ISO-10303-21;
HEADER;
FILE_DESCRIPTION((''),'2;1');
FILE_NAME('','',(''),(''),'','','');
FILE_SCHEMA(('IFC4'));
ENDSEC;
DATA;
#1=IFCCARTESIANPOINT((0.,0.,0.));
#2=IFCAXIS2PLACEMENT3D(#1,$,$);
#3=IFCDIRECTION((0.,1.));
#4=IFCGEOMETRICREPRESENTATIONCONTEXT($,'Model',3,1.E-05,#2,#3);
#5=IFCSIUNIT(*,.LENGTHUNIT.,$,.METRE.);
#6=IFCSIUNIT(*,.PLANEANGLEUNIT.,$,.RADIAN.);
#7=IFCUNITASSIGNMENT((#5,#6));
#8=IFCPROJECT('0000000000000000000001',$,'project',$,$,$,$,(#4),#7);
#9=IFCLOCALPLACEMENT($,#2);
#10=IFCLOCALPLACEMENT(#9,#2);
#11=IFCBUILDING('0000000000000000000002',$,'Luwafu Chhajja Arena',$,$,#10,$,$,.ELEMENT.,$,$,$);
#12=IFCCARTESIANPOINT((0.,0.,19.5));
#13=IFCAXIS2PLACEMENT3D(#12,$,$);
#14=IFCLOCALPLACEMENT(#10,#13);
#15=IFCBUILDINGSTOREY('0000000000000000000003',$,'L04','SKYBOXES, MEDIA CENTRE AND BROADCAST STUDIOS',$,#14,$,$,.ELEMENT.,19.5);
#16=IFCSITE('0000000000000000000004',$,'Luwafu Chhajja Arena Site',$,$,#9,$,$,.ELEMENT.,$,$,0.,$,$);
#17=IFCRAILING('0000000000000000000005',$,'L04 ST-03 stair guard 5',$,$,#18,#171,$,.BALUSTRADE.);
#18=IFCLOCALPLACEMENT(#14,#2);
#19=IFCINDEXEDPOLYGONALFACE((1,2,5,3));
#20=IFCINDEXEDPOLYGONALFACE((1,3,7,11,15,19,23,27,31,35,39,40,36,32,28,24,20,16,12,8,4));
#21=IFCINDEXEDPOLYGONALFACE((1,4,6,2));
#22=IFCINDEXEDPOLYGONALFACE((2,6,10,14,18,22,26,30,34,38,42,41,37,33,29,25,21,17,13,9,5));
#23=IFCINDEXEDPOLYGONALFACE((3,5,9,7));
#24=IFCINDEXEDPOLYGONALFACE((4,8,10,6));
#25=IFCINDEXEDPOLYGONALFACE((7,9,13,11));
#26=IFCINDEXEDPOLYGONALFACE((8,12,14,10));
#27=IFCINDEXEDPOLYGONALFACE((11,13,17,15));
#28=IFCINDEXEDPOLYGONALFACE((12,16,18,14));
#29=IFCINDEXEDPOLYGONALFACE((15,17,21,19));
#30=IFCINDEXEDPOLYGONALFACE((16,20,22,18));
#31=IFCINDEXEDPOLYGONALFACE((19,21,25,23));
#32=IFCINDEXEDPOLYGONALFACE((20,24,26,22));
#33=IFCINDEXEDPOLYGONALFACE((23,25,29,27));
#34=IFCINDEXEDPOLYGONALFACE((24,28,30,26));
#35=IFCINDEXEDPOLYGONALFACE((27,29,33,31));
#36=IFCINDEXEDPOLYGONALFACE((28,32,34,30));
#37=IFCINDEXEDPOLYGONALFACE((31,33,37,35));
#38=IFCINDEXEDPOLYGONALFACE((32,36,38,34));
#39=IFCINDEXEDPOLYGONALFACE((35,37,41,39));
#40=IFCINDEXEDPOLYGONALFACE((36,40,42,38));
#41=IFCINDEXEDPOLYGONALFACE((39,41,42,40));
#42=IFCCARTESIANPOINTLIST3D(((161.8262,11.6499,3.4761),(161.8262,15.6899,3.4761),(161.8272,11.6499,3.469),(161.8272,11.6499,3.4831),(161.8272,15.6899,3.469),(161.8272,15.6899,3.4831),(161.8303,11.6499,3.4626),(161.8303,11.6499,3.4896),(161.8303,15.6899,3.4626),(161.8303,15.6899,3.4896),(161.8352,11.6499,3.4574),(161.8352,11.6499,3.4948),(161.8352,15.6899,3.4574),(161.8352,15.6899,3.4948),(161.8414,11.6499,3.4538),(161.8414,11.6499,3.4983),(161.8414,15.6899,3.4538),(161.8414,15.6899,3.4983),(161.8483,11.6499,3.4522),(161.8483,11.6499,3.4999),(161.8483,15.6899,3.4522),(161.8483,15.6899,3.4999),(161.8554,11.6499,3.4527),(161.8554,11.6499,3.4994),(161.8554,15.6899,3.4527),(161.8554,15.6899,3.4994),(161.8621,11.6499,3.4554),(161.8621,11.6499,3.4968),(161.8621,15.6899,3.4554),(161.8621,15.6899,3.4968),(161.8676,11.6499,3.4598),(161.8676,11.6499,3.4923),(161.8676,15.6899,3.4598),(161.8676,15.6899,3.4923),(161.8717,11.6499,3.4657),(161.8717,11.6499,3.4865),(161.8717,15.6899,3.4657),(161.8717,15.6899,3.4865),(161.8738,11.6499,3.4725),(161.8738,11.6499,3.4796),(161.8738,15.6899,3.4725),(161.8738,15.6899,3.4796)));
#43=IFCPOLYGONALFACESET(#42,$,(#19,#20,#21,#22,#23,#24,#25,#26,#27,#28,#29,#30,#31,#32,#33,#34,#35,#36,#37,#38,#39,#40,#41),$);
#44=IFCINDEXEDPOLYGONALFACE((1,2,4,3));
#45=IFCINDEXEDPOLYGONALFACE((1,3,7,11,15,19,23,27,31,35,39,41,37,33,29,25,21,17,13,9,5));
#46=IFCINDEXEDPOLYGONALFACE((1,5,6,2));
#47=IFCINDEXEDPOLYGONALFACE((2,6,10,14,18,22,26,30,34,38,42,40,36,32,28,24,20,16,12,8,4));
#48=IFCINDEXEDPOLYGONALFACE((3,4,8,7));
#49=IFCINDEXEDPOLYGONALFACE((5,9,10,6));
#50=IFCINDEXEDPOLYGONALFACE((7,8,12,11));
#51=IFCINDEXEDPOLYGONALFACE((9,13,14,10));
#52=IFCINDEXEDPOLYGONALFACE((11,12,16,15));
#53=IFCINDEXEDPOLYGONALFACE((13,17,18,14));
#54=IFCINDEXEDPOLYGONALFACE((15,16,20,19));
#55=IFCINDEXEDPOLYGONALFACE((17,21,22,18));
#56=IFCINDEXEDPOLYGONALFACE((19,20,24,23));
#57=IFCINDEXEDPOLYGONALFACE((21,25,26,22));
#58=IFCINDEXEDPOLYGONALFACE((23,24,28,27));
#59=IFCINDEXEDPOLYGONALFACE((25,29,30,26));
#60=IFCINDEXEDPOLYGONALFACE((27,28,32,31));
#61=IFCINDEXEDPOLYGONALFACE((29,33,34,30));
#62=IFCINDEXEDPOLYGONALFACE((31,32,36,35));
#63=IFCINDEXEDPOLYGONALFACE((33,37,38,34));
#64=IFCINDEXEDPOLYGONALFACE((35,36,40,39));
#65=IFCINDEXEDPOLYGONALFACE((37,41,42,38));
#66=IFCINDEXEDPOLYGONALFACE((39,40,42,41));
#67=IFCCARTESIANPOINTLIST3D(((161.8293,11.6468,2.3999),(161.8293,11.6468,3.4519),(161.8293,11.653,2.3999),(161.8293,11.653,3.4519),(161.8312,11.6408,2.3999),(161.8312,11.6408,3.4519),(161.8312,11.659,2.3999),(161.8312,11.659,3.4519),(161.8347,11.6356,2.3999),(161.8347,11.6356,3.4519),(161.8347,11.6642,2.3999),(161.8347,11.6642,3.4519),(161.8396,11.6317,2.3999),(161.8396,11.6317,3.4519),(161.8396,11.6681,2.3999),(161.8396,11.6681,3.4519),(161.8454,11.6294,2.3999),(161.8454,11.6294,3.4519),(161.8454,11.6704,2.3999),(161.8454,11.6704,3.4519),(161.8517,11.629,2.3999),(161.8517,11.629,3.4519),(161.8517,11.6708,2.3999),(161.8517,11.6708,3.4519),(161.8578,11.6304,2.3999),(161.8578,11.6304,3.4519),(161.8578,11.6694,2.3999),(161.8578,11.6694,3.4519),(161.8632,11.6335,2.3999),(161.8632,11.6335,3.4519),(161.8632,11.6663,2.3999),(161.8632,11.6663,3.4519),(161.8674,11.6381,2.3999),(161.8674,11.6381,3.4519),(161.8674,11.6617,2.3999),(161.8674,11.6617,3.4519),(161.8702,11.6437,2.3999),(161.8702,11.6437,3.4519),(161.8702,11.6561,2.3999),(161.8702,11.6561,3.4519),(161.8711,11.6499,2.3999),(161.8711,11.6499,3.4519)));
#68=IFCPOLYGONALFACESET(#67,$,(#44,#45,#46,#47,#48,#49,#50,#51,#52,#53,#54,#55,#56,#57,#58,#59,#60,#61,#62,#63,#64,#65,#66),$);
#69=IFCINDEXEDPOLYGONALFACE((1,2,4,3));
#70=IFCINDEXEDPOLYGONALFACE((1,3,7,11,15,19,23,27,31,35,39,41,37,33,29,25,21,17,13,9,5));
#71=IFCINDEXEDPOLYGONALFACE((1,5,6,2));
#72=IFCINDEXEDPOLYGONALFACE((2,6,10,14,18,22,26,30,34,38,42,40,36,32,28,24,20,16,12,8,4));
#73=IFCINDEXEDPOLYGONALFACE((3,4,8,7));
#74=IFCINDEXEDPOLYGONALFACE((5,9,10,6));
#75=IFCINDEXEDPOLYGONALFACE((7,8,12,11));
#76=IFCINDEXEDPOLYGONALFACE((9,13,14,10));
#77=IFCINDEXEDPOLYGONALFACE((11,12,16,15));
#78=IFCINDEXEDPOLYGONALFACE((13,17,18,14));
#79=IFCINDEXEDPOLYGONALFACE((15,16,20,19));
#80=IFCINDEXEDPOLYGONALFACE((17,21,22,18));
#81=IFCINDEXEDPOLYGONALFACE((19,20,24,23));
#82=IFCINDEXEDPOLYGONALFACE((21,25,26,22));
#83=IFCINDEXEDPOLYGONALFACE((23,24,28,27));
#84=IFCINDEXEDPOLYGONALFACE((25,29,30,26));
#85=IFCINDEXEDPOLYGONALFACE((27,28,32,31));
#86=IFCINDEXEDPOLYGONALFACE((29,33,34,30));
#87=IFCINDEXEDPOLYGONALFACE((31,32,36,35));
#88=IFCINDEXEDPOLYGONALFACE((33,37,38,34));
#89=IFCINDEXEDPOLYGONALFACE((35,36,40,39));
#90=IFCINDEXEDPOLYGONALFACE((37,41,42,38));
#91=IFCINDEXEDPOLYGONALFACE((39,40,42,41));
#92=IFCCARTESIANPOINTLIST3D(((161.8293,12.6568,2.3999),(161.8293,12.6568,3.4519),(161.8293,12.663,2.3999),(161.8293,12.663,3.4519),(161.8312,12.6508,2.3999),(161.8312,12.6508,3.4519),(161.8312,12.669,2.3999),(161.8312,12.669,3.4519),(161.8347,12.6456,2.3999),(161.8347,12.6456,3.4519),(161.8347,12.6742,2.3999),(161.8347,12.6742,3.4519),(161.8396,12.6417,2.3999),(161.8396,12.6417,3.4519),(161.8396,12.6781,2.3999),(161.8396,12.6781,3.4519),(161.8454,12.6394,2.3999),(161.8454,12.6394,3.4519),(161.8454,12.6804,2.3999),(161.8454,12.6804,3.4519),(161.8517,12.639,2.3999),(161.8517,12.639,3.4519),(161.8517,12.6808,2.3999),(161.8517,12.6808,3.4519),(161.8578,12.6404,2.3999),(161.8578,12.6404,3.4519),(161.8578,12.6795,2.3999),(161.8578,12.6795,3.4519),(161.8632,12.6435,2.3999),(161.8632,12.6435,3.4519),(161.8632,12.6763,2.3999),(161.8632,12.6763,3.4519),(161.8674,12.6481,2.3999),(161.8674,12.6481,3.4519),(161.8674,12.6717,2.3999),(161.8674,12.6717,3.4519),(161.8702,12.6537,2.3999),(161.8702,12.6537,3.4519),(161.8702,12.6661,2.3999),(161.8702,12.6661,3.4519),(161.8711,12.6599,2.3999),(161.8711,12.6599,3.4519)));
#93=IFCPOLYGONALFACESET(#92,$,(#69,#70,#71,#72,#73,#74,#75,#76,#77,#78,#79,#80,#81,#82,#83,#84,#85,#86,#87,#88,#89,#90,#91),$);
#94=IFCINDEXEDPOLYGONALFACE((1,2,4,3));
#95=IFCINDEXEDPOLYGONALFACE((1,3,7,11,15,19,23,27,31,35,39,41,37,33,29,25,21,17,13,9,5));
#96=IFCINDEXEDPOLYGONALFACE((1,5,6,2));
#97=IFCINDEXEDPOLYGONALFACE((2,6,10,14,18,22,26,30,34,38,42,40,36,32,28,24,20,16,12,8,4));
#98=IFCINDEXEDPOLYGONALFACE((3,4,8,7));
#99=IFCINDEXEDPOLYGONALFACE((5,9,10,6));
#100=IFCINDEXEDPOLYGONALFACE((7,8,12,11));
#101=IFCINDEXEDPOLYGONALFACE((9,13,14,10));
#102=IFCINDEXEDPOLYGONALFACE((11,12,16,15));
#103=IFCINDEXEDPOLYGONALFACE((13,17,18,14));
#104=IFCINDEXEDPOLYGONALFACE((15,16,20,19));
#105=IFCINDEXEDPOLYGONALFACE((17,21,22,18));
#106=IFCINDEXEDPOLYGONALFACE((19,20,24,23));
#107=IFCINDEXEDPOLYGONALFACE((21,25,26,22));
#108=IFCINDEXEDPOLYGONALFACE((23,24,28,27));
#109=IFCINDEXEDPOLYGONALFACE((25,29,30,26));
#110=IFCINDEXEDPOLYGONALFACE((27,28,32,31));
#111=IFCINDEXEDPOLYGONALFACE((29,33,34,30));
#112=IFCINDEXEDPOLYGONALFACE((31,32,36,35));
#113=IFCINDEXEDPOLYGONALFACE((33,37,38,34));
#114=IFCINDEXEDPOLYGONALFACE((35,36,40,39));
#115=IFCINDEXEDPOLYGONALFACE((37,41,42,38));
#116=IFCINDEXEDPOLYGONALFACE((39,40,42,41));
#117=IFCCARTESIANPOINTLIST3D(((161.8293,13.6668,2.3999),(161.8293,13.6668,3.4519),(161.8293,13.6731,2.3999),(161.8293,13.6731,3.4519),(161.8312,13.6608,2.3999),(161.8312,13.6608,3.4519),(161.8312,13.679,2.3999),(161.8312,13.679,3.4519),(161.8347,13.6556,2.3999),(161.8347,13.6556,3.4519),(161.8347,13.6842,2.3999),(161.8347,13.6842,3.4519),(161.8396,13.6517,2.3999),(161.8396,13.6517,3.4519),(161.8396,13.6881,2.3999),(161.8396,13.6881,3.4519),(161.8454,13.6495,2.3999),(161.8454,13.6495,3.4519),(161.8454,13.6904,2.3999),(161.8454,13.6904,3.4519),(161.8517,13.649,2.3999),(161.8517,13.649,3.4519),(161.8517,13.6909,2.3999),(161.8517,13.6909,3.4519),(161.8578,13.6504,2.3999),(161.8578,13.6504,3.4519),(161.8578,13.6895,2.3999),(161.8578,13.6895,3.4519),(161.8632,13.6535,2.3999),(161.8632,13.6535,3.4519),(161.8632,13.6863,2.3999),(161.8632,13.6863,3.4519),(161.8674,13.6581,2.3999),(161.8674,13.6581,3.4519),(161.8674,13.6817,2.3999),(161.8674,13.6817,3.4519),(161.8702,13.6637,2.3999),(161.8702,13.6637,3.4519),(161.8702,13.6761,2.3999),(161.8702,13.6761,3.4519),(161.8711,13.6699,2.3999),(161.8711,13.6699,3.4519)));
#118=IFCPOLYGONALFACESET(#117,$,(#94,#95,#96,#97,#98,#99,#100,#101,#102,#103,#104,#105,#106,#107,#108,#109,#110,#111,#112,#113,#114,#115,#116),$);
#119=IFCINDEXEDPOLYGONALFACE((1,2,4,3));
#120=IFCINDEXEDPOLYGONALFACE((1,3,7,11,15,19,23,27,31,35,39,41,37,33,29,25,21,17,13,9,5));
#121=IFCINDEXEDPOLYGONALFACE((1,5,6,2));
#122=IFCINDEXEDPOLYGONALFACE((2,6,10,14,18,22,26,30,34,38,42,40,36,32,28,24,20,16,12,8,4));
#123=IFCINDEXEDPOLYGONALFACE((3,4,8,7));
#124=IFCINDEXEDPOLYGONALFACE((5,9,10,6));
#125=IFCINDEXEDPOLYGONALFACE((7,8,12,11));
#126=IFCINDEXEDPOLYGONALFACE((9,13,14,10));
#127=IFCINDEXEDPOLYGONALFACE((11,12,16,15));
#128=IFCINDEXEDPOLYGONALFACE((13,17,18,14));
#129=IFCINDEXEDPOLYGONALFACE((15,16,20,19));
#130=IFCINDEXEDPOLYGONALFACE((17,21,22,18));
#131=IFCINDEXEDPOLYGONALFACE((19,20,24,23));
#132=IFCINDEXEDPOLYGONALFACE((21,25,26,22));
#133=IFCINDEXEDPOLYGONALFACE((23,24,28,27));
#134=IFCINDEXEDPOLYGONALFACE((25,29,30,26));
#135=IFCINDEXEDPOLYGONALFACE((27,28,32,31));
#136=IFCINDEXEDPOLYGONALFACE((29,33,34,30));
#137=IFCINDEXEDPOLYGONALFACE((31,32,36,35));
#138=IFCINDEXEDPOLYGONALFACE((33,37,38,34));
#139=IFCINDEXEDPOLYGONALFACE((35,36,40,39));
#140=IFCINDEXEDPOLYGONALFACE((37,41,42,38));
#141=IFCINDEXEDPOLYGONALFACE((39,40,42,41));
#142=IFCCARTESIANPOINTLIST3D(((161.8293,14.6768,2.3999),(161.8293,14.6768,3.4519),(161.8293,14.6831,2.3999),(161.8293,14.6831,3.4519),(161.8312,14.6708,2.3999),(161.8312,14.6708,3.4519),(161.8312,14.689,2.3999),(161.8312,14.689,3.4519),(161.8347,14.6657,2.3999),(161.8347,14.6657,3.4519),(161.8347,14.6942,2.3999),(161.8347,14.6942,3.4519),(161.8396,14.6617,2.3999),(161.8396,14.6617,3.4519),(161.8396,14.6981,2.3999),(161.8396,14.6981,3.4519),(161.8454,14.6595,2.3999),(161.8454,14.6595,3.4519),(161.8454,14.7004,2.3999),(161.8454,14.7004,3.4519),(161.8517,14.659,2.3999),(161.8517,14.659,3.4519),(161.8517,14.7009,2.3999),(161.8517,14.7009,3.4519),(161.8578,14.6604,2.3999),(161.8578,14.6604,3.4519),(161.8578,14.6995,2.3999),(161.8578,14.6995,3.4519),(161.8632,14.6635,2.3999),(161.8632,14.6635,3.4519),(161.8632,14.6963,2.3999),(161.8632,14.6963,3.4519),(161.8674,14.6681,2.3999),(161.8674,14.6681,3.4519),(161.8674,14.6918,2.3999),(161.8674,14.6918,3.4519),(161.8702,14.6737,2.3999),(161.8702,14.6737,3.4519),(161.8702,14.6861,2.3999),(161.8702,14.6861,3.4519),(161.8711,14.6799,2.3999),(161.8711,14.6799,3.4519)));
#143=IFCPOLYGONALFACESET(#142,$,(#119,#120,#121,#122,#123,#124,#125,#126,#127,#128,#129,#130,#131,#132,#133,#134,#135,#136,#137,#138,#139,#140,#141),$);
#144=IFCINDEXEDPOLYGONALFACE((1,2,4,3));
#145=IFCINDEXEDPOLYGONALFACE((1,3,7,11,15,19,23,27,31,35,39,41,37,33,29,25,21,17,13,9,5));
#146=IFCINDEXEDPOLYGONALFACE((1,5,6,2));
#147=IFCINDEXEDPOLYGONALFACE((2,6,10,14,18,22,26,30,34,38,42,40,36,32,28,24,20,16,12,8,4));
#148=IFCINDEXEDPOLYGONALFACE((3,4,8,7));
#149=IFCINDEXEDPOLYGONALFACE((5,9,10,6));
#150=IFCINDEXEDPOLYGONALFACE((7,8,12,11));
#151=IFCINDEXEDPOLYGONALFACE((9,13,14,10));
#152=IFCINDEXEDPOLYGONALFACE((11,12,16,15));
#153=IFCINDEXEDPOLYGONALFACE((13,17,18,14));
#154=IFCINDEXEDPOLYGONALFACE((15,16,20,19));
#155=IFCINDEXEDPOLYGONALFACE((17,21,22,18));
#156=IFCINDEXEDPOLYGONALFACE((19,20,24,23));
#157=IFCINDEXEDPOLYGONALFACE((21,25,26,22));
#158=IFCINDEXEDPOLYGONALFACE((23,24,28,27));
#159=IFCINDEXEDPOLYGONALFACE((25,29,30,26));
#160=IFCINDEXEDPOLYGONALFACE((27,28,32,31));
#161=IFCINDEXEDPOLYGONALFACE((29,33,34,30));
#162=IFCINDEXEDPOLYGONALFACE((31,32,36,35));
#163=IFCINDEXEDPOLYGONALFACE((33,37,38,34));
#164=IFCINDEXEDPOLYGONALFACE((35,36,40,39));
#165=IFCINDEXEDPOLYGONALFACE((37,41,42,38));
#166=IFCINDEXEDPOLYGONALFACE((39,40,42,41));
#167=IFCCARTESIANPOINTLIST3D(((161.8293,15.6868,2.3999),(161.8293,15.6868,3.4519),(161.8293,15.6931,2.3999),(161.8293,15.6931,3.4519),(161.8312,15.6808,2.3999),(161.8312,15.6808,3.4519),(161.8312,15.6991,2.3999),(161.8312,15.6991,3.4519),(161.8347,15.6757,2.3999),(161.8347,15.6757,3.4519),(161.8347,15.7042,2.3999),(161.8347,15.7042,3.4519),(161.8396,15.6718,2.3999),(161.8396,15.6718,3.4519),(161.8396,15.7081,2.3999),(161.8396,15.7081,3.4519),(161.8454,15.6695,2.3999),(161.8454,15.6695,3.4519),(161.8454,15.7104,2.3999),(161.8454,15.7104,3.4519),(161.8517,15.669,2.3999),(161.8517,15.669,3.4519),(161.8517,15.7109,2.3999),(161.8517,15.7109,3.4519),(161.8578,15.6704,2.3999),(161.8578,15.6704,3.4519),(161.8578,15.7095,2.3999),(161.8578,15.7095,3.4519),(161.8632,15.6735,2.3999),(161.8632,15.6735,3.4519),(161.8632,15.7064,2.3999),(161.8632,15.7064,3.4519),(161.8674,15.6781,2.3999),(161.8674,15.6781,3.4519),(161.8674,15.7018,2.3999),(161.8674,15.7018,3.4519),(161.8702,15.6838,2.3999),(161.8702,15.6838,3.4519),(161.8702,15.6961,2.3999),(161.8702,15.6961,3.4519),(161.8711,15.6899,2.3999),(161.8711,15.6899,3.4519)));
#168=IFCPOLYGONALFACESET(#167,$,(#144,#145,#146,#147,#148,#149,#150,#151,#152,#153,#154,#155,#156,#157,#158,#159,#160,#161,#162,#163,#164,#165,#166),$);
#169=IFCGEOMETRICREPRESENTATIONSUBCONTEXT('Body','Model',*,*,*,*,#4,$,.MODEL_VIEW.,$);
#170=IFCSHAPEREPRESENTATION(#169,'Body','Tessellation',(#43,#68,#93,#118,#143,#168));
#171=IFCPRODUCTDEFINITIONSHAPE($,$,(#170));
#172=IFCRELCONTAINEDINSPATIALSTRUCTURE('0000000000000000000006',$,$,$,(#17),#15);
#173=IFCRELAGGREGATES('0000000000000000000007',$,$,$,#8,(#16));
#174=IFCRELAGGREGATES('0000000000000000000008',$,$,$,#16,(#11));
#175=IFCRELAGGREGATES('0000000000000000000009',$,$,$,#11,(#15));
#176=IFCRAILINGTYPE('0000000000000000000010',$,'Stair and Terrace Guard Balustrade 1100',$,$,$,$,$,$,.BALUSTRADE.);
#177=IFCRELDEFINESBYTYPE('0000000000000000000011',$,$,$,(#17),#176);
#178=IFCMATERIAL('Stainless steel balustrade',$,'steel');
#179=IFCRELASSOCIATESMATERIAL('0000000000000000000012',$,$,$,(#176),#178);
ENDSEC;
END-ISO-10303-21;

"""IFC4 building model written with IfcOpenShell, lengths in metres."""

from ifc_helpers import new_model, si_unit, direction, frame, origin, origin_2d, place, context, subcontext, project, spatial, circle, extrude, material, type_object, element, save


model = new_model("IFC4")

# Units and contexts
model_context = context("Model", 3, precision=1e-05, world=origin(), true_north=direction((0.0, 1.0)))
body_context = subcontext(model_context, "Body", "Model", "MODEL_VIEW")
ifc_project = project(units=[si_unit("LENGTHUNIT", "METRE"), si_unit("PLANEANGLEUNIT", "RADIAN")], contexts=[model_context])

# Site, building, storey
site_placement = place(None, origin())
site = spatial("IfcSite", under=ifc_project, at=site_placement, Name="Luwafu Chhajja Arena Site", CompositionType="ELEMENT", RefElevation=0.0)
building_placement = place(site_placement, origin())
building = spatial("IfcBuilding", under=site, at=building_placement, Name="Luwafu Chhajja Arena", CompositionType="ELEMENT")
storey_placement = place(building_placement, frame((0.0, 0.0, 19.5)))
storey = spatial("IfcBuildingStorey", under=building, at=storey_placement, Name="L04", Description="SKYBOXES, MEDIA CENTRE AND BROADCAST STUDIOS", CompositionType="ELEMENT", Elevation=19.5)

# Railing
ifc_material_1 = material(Name="Stainless steel balustrade", Category="steel")
railing_type_1 = type_object("IfcRailingType", Name="Stair and Terrace Guard Balustrade 1100", PredefinedType="BALUSTRADE", material=ifc_material_1)
railing_1_placement = place(storey_placement, frame((161.8501, 11.6499, 2.3999)))
element("IfcRailing", 1, at=railing_1_placement, inside=storey, type_object=railing_type_1, Name="L04 ST-03 stair guard 5", PredefinedType="BALUSTRADE", context=body_context, shape_type="SweptSolid", body=[
    extrude(circle(Radius=0.0239, at=origin_2d()), frame((0.0, 0.0, 1.0762), z_axis=(0.0, 1.0, 0.0), x_axis=(-1.0, 0.0, 0.0)), (0.0, 0.0, 1.0), 4.04),
    extrude(circle(Radius=0.021, at=origin_2d()), origin(), (0.0, 0.0, 1.0), 1.052),
    extrude(circle(Radius=0.021, at=origin_2d()), frame((0.0, 1.01, 0.0)), (0.0, 0.0, 1.0), 1.052),
    extrude(circle(Radius=0.021, at=origin_2d()), frame((0.0, 2.02, 0.0)), (0.0, 0.0, 1.0), 1.052),
    extrude(circle(Radius=0.021, at=origin_2d()), frame((0.0, 3.03, 0.0)), (0.0, 0.0, 1.0), 1.052),
    extrude(circle(Radius=0.021, at=origin_2d()), frame((0.0, 4.04, 0.0)), (0.0, 0.0, 1.0), 1.052),
])

save(model, "model.ifc")
